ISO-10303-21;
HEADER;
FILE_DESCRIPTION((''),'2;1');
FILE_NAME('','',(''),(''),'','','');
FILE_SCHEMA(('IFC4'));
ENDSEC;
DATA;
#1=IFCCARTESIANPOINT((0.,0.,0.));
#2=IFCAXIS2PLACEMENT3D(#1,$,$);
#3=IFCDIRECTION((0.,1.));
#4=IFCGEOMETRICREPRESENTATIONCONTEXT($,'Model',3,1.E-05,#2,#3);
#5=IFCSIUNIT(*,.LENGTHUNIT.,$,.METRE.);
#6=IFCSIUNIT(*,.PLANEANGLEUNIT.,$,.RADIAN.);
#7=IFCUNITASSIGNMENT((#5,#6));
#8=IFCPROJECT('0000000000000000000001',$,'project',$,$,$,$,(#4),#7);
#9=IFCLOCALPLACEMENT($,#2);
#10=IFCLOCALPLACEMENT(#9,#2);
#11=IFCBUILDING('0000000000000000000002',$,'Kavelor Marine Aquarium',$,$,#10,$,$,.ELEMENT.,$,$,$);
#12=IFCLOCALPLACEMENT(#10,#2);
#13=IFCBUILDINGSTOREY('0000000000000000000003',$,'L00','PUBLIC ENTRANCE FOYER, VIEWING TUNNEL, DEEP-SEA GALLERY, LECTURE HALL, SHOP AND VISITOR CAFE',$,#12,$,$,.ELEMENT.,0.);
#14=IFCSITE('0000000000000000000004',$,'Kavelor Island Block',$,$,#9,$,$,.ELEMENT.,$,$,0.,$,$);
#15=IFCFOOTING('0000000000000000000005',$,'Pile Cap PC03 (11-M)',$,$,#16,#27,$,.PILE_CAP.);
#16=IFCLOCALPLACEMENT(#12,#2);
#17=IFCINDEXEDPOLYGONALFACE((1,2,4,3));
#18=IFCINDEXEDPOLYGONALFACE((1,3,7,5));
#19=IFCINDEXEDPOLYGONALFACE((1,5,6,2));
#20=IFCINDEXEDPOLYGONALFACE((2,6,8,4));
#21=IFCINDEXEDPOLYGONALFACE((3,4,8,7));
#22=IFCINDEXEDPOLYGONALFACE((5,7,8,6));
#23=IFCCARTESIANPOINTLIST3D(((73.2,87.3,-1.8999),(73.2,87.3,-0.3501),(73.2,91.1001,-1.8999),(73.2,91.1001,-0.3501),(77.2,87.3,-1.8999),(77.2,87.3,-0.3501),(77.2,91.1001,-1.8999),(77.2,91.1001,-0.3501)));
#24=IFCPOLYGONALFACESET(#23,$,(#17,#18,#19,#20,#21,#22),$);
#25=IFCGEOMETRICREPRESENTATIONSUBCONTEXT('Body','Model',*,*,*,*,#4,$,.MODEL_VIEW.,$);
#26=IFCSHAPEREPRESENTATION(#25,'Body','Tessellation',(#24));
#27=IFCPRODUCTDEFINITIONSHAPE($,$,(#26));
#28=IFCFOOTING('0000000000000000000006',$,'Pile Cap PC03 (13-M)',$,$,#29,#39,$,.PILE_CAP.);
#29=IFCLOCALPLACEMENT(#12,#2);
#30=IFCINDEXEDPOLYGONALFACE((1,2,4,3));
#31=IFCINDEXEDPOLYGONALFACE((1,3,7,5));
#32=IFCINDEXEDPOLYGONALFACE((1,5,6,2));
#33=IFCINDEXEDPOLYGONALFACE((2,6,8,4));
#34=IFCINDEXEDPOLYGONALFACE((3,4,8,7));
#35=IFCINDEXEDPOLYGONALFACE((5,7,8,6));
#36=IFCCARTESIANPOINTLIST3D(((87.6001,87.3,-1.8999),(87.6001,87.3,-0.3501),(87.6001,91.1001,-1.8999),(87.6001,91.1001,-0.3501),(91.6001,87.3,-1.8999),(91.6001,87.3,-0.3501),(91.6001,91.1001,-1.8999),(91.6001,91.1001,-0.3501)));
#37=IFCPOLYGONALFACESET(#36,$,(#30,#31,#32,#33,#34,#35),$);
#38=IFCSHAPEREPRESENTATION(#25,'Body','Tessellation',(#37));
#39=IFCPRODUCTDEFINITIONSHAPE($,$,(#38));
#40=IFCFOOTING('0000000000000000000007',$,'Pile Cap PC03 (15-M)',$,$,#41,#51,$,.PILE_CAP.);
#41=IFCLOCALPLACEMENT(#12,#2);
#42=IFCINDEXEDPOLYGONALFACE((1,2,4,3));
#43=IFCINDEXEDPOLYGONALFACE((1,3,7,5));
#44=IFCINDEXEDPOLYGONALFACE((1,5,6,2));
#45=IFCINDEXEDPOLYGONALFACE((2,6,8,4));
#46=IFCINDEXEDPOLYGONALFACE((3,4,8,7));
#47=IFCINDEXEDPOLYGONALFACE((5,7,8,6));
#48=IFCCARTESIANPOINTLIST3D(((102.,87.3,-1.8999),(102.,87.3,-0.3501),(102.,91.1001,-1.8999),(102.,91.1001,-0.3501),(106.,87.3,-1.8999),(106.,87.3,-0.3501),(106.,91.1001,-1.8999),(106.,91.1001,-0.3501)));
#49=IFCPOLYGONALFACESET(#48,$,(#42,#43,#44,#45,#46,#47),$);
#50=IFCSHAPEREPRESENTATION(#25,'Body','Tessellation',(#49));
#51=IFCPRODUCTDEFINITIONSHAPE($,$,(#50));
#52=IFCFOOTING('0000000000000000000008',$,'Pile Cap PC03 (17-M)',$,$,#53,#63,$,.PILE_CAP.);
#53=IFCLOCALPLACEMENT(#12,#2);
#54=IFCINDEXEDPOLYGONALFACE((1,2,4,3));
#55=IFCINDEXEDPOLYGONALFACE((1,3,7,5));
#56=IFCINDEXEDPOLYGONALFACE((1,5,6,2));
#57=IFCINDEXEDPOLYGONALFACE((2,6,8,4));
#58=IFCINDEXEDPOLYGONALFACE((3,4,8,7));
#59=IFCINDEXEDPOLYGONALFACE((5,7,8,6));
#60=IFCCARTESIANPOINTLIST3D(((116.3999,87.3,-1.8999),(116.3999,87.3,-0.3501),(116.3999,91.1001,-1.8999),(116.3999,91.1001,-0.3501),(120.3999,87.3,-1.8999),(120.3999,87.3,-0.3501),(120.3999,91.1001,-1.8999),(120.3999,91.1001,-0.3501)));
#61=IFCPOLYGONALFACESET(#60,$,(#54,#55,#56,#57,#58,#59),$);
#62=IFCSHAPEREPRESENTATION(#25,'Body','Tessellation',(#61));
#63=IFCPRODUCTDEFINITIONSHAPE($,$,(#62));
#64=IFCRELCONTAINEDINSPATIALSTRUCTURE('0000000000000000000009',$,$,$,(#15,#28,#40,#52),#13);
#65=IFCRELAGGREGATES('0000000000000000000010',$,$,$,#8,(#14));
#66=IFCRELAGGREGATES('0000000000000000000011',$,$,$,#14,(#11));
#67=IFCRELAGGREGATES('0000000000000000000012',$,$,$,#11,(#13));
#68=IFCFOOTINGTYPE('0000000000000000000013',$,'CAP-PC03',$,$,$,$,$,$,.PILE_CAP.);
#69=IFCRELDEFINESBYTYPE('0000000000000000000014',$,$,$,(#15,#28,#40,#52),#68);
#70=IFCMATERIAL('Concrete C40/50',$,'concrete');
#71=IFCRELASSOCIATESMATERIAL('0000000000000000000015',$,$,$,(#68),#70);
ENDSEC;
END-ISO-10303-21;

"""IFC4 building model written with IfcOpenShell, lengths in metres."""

from ifc_helpers import new_model, si_unit, direction, frame, origin, place, context, subcontext, project, spatial, polyline, outline, extrude, material, type_object, element, save


model = new_model("IFC4")

# Units and contexts
model_context = context("Model", 3, precision=1e-05, world=origin(), true_north=direction((0.0, 1.0)))
body_context = subcontext(model_context, "Body", "Model", "MODEL_VIEW")
ifc_project = project(units=[si_unit("LENGTHUNIT", "METRE"), si_unit("PLANEANGLEUNIT", "RADIAN")], contexts=[model_context])

# Site, building, storey
site_placement = place(None, origin())
site = spatial("IfcSite", under=ifc_project, at=site_placement, Name="Kavelor Island Block", CompositionType="ELEMENT", RefElevation=0.0)
building_placement = place(site_placement, origin())
building = spatial("IfcBuilding", under=site, at=building_placement, Name="Kavelor Marine Aquarium", CompositionType="ELEMENT")
storey_placement = place(building_placement, origin())
storey = spatial("IfcBuildingStorey", under=building, at=storey_placement, Name="L00", Description="PUBLIC ENTRANCE FOYER, VIEWING TUNNEL, DEEP-SEA GALLERY, LECTURE HALL, SHOP AND VISITOR CAFE", CompositionType="ELEMENT", Elevation=0.0)

# Footings
ifc_material_1 = material(Name="Concrete C40/50", Category="concrete")
footing_type_1 = type_object("IfcFootingType", Name="CAP-PC03", PredefinedType="PILE_CAP", material=ifc_material_1)
footing_1_placement = place(storey_placement, frame((0.0, 0.0, -1.8999)))
element("IfcFooting", 1, at=footing_1_placement, inside=storey, type_object=footing_type_1, Name="Pile Cap PC03 (11-M)", PredefinedType="PILE_CAP", context=body_context, shape_type="SweptSolid", body=[
    extrude(outline(polyline([(73.2, 87.3), (77.2, 87.3), (77.2, 91.1001), (73.2, 91.1001), (73.2, 87.3)])), origin(), (0.0, 0.0, 1.0), 1.5498),
])
footing_2_placement = place(storey_placement, frame((0.0, 0.0, -1.8999)))
element("IfcFooting", 2, at=footing_2_placement, inside=storey, type_object=footing_type_1, Name="Pile Cap PC03 (13-M)", PredefinedType="PILE_CAP", context=body_context, shape_type="SweptSolid", body=[
    extrude(outline(polyline([(87.6001, 87.3), (91.6001, 87.3), (91.6001, 91.1001), (87.6001, 91.1001), (87.6001, 87.3)])), origin(), (0.0, 0.0, 1.0), 1.5498),
])
footing_3_placement = place(storey_placement, frame((0.0, 0.0, -1.8999)))
element("IfcFooting", 3, at=footing_3_placement, inside=storey, type_object=footing_type_1, Name="Pile Cap PC03 (15-M)", PredefinedType="PILE_CAP", context=body_context, shape_type="SweptSolid", body=[
    extrude(outline(polyline([(102.0, 87.3), (106.0, 87.3), (106.0, 91.1001), (102.0, 91.1001), (102.0, 87.3)])), origin(), (0.0, 0.0, 1.0), 1.5498),
])
footing_4_placement = place(storey_placement, frame((0.0, 0.0, -1.8999)))
element("IfcFooting", 4, at=footing_4_placement, inside=storey, type_object=footing_type_1, Name="Pile Cap PC03 (17-M)", PredefinedType="PILE_CAP", context=body_context, shape_type="SweptSolid", body=[
    extrude(outline(polyline([(116.3999, 87.3), (120.3999, 87.3), (120.3999, 91.1001), (116.3999, 91.1001), (116.3999, 87.3)])), origin(), (0.0, 0.0, 1.0), 1.5498),
])

save(model, "model.ifc")
